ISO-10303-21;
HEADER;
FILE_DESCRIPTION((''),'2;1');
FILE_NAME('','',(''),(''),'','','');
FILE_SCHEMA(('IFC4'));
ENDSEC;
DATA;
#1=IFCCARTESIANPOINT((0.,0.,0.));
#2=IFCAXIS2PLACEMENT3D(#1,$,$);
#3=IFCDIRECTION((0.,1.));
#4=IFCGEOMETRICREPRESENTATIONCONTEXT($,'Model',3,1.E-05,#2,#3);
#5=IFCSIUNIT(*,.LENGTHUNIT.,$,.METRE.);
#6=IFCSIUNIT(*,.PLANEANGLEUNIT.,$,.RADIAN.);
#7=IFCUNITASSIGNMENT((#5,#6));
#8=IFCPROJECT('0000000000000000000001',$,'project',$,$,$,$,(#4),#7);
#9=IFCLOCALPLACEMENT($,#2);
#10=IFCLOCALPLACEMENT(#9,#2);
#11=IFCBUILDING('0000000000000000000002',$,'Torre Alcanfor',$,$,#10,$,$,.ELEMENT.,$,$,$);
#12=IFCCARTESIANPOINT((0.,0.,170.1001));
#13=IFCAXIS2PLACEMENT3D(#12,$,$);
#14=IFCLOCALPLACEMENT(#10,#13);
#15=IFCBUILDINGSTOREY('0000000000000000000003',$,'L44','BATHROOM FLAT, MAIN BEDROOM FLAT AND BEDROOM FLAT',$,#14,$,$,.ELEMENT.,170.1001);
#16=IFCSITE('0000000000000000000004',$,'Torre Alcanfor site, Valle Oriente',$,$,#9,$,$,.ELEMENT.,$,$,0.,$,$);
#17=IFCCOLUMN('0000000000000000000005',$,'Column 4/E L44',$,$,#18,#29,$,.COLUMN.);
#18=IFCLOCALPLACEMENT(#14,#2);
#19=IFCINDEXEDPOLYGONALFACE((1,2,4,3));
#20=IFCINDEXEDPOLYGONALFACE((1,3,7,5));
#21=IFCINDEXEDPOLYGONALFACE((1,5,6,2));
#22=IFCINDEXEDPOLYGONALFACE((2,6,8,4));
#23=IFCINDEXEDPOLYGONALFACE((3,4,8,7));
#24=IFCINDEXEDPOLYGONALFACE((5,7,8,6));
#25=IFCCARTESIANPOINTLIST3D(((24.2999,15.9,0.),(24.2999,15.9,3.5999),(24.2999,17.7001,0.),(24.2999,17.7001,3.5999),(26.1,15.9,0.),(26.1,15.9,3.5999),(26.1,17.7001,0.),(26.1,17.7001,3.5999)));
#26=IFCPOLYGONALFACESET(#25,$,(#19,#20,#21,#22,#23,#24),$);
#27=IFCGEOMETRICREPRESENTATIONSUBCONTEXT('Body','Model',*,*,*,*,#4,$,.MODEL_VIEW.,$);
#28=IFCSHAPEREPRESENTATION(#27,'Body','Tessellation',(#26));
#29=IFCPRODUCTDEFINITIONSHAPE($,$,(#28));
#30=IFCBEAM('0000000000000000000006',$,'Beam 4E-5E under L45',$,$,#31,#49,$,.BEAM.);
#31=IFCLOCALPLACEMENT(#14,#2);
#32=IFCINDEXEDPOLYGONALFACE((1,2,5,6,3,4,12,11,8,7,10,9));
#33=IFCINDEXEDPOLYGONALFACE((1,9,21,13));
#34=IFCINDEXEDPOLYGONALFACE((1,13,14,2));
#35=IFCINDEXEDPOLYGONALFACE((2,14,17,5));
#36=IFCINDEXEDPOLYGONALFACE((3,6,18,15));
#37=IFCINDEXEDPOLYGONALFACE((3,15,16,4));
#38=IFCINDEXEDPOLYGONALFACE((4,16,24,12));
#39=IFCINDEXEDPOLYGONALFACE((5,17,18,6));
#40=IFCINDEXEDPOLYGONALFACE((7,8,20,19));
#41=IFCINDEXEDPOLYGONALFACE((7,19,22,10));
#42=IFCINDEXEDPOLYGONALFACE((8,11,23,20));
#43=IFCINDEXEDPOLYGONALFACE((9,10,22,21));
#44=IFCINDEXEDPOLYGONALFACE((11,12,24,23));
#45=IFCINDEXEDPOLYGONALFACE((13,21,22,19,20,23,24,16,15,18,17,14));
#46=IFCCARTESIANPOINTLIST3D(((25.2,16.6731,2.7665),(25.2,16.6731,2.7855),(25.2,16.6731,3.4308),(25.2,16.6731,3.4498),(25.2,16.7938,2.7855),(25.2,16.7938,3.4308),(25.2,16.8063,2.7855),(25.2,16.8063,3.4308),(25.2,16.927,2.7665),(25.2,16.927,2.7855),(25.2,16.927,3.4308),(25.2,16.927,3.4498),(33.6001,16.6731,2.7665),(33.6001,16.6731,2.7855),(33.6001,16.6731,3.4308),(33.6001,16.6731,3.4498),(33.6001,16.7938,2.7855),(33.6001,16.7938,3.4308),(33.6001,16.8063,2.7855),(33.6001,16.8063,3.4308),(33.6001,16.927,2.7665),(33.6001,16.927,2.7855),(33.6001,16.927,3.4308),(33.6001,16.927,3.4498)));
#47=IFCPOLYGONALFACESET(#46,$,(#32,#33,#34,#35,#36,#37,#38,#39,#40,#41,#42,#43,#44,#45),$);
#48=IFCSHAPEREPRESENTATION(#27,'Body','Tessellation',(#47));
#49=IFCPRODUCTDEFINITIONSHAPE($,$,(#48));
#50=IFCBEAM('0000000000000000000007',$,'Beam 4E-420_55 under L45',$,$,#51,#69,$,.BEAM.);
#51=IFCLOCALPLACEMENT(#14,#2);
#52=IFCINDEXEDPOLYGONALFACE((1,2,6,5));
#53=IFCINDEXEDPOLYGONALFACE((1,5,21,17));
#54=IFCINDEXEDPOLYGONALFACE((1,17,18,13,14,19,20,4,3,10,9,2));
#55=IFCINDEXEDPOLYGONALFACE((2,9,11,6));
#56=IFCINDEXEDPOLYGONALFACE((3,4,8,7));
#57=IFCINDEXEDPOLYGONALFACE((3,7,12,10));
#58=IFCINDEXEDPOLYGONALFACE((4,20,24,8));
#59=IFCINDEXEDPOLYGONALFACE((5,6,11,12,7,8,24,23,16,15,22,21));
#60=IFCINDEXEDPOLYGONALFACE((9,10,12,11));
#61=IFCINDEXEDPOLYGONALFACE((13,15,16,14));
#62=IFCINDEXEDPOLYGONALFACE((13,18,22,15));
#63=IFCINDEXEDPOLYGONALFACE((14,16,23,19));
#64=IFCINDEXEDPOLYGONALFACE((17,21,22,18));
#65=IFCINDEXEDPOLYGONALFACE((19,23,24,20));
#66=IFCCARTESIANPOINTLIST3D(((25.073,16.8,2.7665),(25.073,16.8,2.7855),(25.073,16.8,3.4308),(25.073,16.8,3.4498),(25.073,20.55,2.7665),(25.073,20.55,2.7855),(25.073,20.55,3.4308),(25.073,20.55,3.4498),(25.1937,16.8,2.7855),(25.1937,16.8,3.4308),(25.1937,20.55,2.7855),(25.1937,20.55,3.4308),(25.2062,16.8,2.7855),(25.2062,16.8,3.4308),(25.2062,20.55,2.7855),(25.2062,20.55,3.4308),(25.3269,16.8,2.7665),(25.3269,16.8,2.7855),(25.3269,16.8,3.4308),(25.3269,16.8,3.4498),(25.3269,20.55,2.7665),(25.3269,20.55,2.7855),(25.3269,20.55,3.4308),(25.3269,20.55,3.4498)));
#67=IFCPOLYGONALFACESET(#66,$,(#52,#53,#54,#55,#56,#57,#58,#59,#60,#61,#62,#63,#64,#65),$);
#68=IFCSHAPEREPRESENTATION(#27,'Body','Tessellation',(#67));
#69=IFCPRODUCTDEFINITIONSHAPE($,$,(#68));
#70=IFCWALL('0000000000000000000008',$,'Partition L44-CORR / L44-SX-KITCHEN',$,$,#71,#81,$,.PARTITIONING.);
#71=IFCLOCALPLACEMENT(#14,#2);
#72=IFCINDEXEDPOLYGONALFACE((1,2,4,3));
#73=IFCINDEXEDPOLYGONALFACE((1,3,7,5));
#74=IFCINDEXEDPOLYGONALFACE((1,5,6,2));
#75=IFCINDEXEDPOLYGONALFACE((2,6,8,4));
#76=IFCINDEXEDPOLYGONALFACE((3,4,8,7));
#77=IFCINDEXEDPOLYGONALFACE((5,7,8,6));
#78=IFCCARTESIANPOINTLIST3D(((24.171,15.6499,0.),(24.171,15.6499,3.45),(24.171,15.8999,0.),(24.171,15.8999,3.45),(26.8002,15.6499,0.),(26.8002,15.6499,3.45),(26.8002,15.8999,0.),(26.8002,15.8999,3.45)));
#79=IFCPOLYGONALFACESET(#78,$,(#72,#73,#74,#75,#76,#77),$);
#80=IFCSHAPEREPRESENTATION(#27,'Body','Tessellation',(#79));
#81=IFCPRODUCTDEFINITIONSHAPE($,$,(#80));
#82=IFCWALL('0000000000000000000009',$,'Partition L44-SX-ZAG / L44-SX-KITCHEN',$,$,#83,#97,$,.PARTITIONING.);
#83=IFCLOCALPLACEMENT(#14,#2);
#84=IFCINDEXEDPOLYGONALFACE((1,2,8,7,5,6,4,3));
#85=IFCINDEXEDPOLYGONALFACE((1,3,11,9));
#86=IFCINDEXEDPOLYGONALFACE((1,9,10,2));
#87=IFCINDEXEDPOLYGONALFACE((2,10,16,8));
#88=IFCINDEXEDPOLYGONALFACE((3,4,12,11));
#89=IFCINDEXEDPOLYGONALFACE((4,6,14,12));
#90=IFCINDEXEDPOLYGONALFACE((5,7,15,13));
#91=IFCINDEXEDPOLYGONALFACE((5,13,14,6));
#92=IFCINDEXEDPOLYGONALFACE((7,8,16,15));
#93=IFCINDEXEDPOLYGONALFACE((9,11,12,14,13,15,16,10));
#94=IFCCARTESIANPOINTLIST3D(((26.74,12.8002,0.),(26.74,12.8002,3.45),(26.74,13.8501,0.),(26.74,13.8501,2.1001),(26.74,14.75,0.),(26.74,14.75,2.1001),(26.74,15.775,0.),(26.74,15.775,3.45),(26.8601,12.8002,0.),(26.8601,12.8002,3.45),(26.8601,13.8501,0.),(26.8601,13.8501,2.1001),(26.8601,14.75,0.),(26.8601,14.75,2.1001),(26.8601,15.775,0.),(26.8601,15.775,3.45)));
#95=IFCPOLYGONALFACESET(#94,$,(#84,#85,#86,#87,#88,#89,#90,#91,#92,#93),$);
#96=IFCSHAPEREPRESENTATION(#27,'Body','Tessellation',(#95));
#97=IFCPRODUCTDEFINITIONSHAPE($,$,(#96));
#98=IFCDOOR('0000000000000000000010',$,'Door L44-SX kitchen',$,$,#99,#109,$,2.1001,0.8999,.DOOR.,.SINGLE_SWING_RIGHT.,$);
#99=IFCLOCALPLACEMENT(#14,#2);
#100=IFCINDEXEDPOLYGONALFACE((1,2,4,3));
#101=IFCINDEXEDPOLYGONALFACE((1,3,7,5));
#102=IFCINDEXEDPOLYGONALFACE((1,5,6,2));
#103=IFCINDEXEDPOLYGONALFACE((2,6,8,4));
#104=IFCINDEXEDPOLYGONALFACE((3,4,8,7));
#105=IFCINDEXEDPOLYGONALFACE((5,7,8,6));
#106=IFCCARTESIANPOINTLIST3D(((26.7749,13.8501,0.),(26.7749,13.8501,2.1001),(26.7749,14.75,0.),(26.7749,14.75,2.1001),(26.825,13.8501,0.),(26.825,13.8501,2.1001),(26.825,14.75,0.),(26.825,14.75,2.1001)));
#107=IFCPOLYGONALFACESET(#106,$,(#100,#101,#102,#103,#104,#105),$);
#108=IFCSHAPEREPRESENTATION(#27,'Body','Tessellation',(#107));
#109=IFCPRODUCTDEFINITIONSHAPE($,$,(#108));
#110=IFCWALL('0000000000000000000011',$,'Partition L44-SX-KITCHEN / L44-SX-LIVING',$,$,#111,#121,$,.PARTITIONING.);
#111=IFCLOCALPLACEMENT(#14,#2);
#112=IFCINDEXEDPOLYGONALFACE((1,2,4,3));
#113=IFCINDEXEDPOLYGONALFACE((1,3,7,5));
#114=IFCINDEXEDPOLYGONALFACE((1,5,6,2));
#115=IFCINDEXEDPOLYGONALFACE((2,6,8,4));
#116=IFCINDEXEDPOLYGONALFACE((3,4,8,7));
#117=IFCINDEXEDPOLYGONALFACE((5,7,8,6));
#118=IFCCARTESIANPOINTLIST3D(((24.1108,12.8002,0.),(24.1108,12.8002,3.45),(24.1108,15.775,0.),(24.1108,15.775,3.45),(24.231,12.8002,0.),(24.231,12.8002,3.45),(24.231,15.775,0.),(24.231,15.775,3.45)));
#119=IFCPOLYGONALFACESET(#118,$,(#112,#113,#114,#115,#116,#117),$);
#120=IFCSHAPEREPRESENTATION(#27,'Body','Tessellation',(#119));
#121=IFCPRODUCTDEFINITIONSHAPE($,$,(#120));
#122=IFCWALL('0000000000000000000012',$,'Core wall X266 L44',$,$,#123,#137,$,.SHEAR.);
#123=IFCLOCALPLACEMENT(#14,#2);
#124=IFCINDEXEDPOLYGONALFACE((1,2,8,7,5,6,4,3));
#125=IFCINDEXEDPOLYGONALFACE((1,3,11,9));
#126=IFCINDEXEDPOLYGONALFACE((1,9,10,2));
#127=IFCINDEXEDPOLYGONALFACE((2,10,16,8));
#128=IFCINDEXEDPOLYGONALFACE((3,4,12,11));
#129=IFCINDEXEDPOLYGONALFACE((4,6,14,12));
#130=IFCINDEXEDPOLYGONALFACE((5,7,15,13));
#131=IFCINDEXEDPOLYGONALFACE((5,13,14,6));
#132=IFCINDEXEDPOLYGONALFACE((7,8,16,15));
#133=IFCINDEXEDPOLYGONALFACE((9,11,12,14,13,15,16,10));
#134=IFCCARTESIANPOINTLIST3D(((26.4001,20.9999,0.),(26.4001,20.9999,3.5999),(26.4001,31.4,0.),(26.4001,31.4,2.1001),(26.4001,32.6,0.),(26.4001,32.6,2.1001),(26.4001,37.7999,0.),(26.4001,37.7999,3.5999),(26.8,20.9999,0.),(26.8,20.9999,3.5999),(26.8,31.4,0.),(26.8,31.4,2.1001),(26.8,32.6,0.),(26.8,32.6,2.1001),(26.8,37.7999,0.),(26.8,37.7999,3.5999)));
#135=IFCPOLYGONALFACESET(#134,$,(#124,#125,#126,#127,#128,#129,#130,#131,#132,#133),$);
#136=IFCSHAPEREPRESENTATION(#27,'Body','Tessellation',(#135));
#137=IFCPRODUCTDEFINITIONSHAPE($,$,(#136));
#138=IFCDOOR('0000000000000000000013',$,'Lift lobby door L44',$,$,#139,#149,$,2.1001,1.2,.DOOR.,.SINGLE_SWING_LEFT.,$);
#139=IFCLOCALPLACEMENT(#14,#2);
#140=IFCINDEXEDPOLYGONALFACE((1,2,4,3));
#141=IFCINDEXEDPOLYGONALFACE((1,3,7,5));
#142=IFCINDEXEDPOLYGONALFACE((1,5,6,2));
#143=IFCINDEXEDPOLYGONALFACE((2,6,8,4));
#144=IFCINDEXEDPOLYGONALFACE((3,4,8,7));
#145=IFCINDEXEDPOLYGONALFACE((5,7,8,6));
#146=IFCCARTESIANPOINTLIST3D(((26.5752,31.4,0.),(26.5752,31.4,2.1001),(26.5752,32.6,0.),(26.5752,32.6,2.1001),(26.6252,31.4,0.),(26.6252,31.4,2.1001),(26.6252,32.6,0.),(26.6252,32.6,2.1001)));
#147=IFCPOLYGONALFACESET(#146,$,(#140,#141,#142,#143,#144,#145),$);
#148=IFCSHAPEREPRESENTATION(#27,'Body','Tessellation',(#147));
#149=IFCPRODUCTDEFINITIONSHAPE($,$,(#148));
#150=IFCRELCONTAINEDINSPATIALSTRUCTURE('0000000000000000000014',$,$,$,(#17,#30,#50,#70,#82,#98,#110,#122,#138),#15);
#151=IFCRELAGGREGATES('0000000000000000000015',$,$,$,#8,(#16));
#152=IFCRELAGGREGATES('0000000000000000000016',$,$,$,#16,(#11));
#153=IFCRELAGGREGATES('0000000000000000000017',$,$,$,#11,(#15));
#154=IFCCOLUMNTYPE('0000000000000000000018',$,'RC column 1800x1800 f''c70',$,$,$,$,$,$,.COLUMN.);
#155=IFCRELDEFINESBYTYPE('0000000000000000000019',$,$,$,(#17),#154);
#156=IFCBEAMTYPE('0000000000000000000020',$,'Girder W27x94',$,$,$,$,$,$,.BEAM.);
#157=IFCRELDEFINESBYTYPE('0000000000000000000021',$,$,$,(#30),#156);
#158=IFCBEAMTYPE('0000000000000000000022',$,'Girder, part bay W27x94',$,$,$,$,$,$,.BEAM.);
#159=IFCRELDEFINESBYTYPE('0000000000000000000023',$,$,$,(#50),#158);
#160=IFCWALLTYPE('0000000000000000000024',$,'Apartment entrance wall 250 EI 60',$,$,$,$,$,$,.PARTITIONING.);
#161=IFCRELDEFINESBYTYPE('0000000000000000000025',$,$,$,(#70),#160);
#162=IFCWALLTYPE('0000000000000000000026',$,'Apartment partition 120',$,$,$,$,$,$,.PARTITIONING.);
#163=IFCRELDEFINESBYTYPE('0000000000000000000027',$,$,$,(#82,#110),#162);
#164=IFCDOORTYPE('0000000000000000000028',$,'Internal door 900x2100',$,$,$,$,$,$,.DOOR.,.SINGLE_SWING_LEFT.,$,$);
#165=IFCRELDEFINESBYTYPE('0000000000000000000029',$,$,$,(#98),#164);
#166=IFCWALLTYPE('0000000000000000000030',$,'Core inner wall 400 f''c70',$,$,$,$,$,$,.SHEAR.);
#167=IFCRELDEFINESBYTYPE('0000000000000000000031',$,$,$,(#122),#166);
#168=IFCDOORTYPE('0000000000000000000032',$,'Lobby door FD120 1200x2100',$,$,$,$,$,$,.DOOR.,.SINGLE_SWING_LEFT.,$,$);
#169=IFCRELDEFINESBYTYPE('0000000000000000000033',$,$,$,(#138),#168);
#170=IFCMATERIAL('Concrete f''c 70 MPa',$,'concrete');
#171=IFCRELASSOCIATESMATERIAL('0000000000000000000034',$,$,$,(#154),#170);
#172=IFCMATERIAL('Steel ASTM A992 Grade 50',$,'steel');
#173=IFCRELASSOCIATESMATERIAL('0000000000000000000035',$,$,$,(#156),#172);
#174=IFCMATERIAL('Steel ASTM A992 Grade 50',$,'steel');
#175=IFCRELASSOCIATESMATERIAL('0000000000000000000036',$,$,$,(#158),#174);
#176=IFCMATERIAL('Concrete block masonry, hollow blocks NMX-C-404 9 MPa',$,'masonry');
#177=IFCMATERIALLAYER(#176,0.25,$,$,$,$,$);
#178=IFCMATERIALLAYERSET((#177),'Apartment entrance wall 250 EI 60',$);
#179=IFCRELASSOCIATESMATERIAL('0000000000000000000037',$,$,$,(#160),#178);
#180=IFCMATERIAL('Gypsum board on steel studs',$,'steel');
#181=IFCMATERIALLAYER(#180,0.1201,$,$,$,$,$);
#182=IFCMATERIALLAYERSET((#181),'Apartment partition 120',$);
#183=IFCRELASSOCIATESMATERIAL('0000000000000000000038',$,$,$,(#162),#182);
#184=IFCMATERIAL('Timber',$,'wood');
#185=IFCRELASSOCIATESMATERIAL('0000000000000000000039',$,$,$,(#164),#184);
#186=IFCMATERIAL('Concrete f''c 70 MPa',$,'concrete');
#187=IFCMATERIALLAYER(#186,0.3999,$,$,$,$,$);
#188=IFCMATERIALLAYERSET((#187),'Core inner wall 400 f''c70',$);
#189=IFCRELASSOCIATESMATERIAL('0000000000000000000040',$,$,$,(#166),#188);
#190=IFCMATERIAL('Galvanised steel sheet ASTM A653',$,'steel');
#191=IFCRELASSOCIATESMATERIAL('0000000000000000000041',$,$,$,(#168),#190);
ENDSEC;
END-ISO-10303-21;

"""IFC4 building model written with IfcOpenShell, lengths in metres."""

from ifc_helpers import new_model, si_unit, direction, frame, frame_2d, origin, origin_2d, place, context, subcontext, project, spatial, rectangle, i_section, extrude, material, layer, layer_set, material_profile, profile_set, type_object, element, fill, save


model = new_model("IFC4")

# Units and contexts
model_context = context("Model", 3, precision=1e-05, world=origin(), true_north=direction((0.0, 1.0)))
body_context = subcontext(model_context, "Body", "Model", "MODEL_VIEW")
ifc_project = project(units=[si_unit("LENGTHUNIT", "METRE"), si_unit("PLANEANGLEUNIT", "RADIAN")], contexts=[model_context])

# Site, building, storey
site_placement = place(None, origin())
site = spatial("IfcSite", under=ifc_project, at=site_placement, Name="Torre Alcanfor site, Valle Oriente", CompositionType="ELEMENT", RefElevation=0.0)
building_placement = place(site_placement, origin())
building = spatial("IfcBuilding", under=site, at=building_placement, Name="Torre Alcanfor", CompositionType="ELEMENT")
storey_placement = place(building_placement, frame((0.0, 0.0, 170.1001)))
storey = spatial("IfcBuildingStorey", under=building, at=storey_placement, Name="L44", Description="BATHROOM FLAT, MAIN BEDROOM FLAT AND BEDROOM FLAT", CompositionType="ELEMENT", Elevation=170.1001)

# Column
ifc_material_1 = material(Name="Concrete f'c 70 MPa", Category="concrete")
ifc_material_profile_1 = material_profile(ifc_material_1, rectangle(XDim=1.8, YDim=1.8, at=origin_2d()), Name="1800x1800")
ifc_profile_set_1 = profile_set([ifc_material_profile_1], Name="Concrete f'c 70 MPa")
column_type = type_object("IfcColumnType", Name="RC column 1800x1800 f'c70", PredefinedType="COLUMN", material=ifc_profile_set_1)
column_placement = place(storey_placement, frame((25.2, 16.8, 0.0), z_axis=(0.0, 0.0, 1.0), x_axis=(1.0, 0.0, 0.0)))
element("IfcColumn", 1, at=column_placement, inside=storey, type_object=column_type, Name="Column 4/E L44", PredefinedType="COLUMN", context=body_context, shape_type="SweptSolid", body=[
    extrude(rectangle(XDim=1.8, YDim=1.8, at=origin_2d()), origin(), (0.0, 0.0, 1.0), 3.5999),
])

# Beams
ifc_material_2 = material(Name="Steel ASTM A992 Grade 50", Category="steel")
ifc_material_profile_2 = material_profile(ifc_material_2, i_section(OverallWidth=0.2539, OverallDepth=0.6833, WebThickness=0.0125, FlangeThickness=0.019, at=origin_2d()), Name="W27x94")
ifc_profile_set_2 = profile_set([ifc_material_profile_2], Name="Steel ASTM A992 Grade 50")
beam_type_1 = type_object("IfcBeamType", Name="Girder W27x94", PredefinedType="BEAM", material=ifc_profile_set_2)
beam_1_placement = place(storey_placement, frame((25.2, 16.8, 3.1082), z_axis=(1.0, 0.0, 0.0), x_axis=(0.0, 1.0, 0.0)))
element("IfcBeam", 2, at=beam_1_placement, inside=storey, type_object=beam_type_1, Name="Beam 4E-5E under L45", PredefinedType="BEAM", context=body_context, shape_type="SweptSolid", body=[
    extrude(i_section(OverallWidth=0.2539, OverallDepth=0.6833, WebThickness=0.0125, FlangeThickness=0.019, at=origin_2d()), origin(), (0.0, 0.0, 1.0), 8.4001),
])
ifc_material_3 = material(Name="Steel ASTM A992 Grade 50", Category="steel")
ifc_material_profile_3 = material_profile(ifc_material_3, i_section(OverallWidth=0.2539, OverallDepth=0.6833, WebThickness=0.0125, FlangeThickness=0.019, at=origin_2d()), Name="W27x94")
ifc_profile_set_3 = profile_set([ifc_material_profile_3], Name="Steel ASTM A992 Grade 50")
beam_type_2 = type_object("IfcBeamType", Name="Girder, part bay W27x94", PredefinedType="BEAM", material=ifc_profile_set_3)
beam_2_placement = place(storey_placement, frame((25.2, 16.8, 3.1082), z_axis=(0.0, 1.0, 0.0), x_axis=(-1.0, 0.0, 0.0)))
element("IfcBeam", 3, at=beam_2_placement, inside=storey, type_object=beam_type_2, Name="Beam 4E-420_55 under L45", PredefinedType="BEAM", context=body_context, shape_type="SweptSolid", body=[
    extrude(i_section(OverallWidth=0.2539, OverallDepth=0.6833, WebThickness=0.0125, FlangeThickness=0.019, at=origin_2d()), origin(), (0.0, 0.0, 1.0), 3.75),
])

# Wall
ifc_material_4 = material(Name="Concrete block masonry, hollow blocks NMX-C-404 9 MPa", Category="masonry")
ifc_layer_1 = layer(ifc_material_4, 0.25)
ifc_layer_set_1 = layer_set([ifc_layer_1], Name="Apartment entrance wall 250 EI 60")
wall_type_1 = type_object("IfcWallType", Name="Apartment entrance wall 250 EI 60", PredefinedType="PARTITIONING", material=ifc_layer_set_1)
wall_1_placement = place(storey_placement, frame((26.8, 15.7749, 0.0), z_axis=(0.0, 0.0, 1.0), x_axis=(-1.0, 0.0, 0.0)))
element("IfcWall", 4, at=wall_1_placement, inside=storey, type_object=wall_type_1, Name="Partition L44-CORR / L44-SX-KITCHEN", PredefinedType="PARTITIONING", context=body_context, shape_type="SweptSolid", body=[
    extrude(rectangle(XDim=2.6292, YDim=0.25, at=frame_2d((1.3145, 0.0))), origin(), (0.0, 0.0, 1.0), 3.45),
])

# Wall, opening, door
ifc_material_5 = material(Name="Gypsum board on steel studs", Category="steel")
ifc_layer_2 = layer(ifc_material_5, 0.1201)
ifc_layer_set_2 = layer_set([ifc_layer_2], Name="Apartment partition 120")
wall_type_2 = type_object("IfcWallType", Name="Apartment partition 120", PredefinedType="PARTITIONING", material=ifc_layer_set_2)
wall_2_placement = place(storey_placement, frame((26.8, 15.7749, 0.0), z_axis=(0.0, 0.0, 1.0), x_axis=(0.0, -1.0, 0.0)))
wall_2 = element("IfcWall", 5, at=wall_2_placement, inside=storey, type_object=wall_type_2, Name="Partition L44-SX-ZAG / L44-SX-KITCHEN", PredefinedType="PARTITIONING", context=body_context, shape_type="SweptSolid", body=[
    extrude(rectangle(XDim=2.9749, YDim=0.1201, at=frame_2d((1.4873, 0.0))), origin(), (0.0, 0.0, 1.0), 3.45),
])
opening_1_placement = place(wall_2_placement, frame((1.0249, 0.0, 0.0)))
opening_1 = element("IfcOpeningElement", 6, at=opening_1_placement, cuts=wall_2, PredefinedType="OPENING", context=body_context, shape_type="SweptSolid", body=[
    extrude(rectangle(XDim=0.8999, YDim=2.1001, at=frame_2d((0.45, 1.05))), frame((0.0, 0.0701, 0.0), z_axis=(0.0, -1.0, 0.0), x_axis=(1.0, 0.0, 0.0)), (0.0, 0.0, 1.0), 0.1401),
])
ifc_material_6 = material(Name="Timber", Category="wood")
door_type_1 = type_object("IfcDoorType", Name="Internal door 900x2100", OperationType="SINGLE_SWING_LEFT", PredefinedType="DOOR", material=ifc_material_6)
door_1_placement = place(opening_1_placement, frame((0.8999, 0.0, 0.0), z_axis=(0.0, 0.0, 1.0), x_axis=(-1.0, 0.0, 0.0)))
door_1 = element("IfcDoor", 7, at=door_1_placement, inside=storey, type_object=door_type_1, Name="Door L44-SX kitchen", OperationType="SINGLE_SWING_RIGHT", OverallHeight=2.1001, OverallWidth=0.8999, PredefinedType="DOOR", context=body_context, shape_type="SweptSolid", body=[
    extrude(rectangle(XDim=0.8999, YDim=2.1001, at=frame_2d((0.45, 1.05))), frame((0.0, 0.0251, 0.0), z_axis=(0.0, -1.0, 0.0), x_axis=(1.0, 0.0, 0.0)), (0.0, 0.0, 1.0), 0.05),
])
fill(opening_1, door_1)

# Wall
wall_3_placement = place(storey_placement, frame((24.1709, 15.7749, 0.0), z_axis=(0.0, 0.0, 1.0), x_axis=(0.0, -1.0, 0.0)))
element("IfcWall", 8, at=wall_3_placement, inside=storey, type_object=wall_type_2, Name="Partition L44-SX-KITCHEN / L44-SX-LIVING", PredefinedType="PARTITIONING", context=body_context, shape_type="SweptSolid", body=[
    extrude(rectangle(XDim=2.9749, YDim=0.1201, at=frame_2d((1.4873, 0.0))), origin(), (0.0, 0.0, 1.0), 3.45),
])

# Wall, opening, door
ifc_material_7 = material(Name="Concrete f'c 70 MPa", Category="concrete")
ifc_layer_3 = layer(ifc_material_7, 0.3999)
ifc_layer_set_3 = layer_set([ifc_layer_3], Name="Core inner wall 400 f'c70")
wall_type_3 = type_object("IfcWallType", Name="Core inner wall 400 f'c70", PredefinedType="SHEAR", material=ifc_layer_set_3)
wall_4_placement = place(storey_placement, frame((26.6001, 21.0, 0.0), z_axis=(0.0, 0.0, 1.0), x_axis=(0.0, 1.0, 0.0)))
wall_4 = element("IfcWall", 9, at=wall_4_placement, inside=storey, type_object=wall_type_3, Name="Core wall X266 L44", PredefinedType="SHEAR", context=body_context, shape_type="SweptSolid", body=[
    extrude(rectangle(XDim=16.8, YDim=0.3999, at=frame_2d((8.3999, 0.0))), origin(), (0.0, 0.0, 1.0), 3.5999),
])
opening_2_placement = place(wall_4_placement, frame((10.3999, 0.0, 0.0)))
opening_2 = element("IfcOpeningElement", 10, at=opening_2_placement, cuts=wall_4, PredefinedType="OPENING", context=body_context, shape_type="SweptSolid", body=[
    extrude(rectangle(XDim=1.2, YDim=2.1001, at=frame_2d((0.6001, 1.05))), frame((0.0, 0.21, 0.0), z_axis=(0.0, -1.0, 0.0), x_axis=(1.0, 0.0, 0.0)), (0.0, 0.0, 1.0), 0.4199),
])
ifc_material_8 = material(Name="Galvanised steel sheet ASTM A653", Category="steel")
door_type_2 = type_object("IfcDoorType", Name="Lobby door FD120 1200x2100", OperationType="SINGLE_SWING_LEFT", PredefinedType="DOOR", material=ifc_material_8)
door_2_placement = place(opening_2_placement, origin())
door_2 = element("IfcDoor", 11, at=door_2_placement, inside=storey, type_object=door_type_2, Name="Lift lobby door L44", OperationType="SINGLE_SWING_LEFT", OverallHeight=2.1001, OverallWidth=1.2, PredefinedType="DOOR", context=body_context, shape_type="SweptSolid", body=[
    extrude(rectangle(XDim=1.2, YDim=2.1001, at=frame_2d((0.6001, 1.05))), frame((0.0, 0.0249, 0.0), z_axis=(0.0, -1.0, 0.0), x_axis=(1.0, 0.0, 0.0)), (0.0, 0.0, 1.0), 0.05),
])
fill(opening_2, door_2)

save(model, "model.ifc")
